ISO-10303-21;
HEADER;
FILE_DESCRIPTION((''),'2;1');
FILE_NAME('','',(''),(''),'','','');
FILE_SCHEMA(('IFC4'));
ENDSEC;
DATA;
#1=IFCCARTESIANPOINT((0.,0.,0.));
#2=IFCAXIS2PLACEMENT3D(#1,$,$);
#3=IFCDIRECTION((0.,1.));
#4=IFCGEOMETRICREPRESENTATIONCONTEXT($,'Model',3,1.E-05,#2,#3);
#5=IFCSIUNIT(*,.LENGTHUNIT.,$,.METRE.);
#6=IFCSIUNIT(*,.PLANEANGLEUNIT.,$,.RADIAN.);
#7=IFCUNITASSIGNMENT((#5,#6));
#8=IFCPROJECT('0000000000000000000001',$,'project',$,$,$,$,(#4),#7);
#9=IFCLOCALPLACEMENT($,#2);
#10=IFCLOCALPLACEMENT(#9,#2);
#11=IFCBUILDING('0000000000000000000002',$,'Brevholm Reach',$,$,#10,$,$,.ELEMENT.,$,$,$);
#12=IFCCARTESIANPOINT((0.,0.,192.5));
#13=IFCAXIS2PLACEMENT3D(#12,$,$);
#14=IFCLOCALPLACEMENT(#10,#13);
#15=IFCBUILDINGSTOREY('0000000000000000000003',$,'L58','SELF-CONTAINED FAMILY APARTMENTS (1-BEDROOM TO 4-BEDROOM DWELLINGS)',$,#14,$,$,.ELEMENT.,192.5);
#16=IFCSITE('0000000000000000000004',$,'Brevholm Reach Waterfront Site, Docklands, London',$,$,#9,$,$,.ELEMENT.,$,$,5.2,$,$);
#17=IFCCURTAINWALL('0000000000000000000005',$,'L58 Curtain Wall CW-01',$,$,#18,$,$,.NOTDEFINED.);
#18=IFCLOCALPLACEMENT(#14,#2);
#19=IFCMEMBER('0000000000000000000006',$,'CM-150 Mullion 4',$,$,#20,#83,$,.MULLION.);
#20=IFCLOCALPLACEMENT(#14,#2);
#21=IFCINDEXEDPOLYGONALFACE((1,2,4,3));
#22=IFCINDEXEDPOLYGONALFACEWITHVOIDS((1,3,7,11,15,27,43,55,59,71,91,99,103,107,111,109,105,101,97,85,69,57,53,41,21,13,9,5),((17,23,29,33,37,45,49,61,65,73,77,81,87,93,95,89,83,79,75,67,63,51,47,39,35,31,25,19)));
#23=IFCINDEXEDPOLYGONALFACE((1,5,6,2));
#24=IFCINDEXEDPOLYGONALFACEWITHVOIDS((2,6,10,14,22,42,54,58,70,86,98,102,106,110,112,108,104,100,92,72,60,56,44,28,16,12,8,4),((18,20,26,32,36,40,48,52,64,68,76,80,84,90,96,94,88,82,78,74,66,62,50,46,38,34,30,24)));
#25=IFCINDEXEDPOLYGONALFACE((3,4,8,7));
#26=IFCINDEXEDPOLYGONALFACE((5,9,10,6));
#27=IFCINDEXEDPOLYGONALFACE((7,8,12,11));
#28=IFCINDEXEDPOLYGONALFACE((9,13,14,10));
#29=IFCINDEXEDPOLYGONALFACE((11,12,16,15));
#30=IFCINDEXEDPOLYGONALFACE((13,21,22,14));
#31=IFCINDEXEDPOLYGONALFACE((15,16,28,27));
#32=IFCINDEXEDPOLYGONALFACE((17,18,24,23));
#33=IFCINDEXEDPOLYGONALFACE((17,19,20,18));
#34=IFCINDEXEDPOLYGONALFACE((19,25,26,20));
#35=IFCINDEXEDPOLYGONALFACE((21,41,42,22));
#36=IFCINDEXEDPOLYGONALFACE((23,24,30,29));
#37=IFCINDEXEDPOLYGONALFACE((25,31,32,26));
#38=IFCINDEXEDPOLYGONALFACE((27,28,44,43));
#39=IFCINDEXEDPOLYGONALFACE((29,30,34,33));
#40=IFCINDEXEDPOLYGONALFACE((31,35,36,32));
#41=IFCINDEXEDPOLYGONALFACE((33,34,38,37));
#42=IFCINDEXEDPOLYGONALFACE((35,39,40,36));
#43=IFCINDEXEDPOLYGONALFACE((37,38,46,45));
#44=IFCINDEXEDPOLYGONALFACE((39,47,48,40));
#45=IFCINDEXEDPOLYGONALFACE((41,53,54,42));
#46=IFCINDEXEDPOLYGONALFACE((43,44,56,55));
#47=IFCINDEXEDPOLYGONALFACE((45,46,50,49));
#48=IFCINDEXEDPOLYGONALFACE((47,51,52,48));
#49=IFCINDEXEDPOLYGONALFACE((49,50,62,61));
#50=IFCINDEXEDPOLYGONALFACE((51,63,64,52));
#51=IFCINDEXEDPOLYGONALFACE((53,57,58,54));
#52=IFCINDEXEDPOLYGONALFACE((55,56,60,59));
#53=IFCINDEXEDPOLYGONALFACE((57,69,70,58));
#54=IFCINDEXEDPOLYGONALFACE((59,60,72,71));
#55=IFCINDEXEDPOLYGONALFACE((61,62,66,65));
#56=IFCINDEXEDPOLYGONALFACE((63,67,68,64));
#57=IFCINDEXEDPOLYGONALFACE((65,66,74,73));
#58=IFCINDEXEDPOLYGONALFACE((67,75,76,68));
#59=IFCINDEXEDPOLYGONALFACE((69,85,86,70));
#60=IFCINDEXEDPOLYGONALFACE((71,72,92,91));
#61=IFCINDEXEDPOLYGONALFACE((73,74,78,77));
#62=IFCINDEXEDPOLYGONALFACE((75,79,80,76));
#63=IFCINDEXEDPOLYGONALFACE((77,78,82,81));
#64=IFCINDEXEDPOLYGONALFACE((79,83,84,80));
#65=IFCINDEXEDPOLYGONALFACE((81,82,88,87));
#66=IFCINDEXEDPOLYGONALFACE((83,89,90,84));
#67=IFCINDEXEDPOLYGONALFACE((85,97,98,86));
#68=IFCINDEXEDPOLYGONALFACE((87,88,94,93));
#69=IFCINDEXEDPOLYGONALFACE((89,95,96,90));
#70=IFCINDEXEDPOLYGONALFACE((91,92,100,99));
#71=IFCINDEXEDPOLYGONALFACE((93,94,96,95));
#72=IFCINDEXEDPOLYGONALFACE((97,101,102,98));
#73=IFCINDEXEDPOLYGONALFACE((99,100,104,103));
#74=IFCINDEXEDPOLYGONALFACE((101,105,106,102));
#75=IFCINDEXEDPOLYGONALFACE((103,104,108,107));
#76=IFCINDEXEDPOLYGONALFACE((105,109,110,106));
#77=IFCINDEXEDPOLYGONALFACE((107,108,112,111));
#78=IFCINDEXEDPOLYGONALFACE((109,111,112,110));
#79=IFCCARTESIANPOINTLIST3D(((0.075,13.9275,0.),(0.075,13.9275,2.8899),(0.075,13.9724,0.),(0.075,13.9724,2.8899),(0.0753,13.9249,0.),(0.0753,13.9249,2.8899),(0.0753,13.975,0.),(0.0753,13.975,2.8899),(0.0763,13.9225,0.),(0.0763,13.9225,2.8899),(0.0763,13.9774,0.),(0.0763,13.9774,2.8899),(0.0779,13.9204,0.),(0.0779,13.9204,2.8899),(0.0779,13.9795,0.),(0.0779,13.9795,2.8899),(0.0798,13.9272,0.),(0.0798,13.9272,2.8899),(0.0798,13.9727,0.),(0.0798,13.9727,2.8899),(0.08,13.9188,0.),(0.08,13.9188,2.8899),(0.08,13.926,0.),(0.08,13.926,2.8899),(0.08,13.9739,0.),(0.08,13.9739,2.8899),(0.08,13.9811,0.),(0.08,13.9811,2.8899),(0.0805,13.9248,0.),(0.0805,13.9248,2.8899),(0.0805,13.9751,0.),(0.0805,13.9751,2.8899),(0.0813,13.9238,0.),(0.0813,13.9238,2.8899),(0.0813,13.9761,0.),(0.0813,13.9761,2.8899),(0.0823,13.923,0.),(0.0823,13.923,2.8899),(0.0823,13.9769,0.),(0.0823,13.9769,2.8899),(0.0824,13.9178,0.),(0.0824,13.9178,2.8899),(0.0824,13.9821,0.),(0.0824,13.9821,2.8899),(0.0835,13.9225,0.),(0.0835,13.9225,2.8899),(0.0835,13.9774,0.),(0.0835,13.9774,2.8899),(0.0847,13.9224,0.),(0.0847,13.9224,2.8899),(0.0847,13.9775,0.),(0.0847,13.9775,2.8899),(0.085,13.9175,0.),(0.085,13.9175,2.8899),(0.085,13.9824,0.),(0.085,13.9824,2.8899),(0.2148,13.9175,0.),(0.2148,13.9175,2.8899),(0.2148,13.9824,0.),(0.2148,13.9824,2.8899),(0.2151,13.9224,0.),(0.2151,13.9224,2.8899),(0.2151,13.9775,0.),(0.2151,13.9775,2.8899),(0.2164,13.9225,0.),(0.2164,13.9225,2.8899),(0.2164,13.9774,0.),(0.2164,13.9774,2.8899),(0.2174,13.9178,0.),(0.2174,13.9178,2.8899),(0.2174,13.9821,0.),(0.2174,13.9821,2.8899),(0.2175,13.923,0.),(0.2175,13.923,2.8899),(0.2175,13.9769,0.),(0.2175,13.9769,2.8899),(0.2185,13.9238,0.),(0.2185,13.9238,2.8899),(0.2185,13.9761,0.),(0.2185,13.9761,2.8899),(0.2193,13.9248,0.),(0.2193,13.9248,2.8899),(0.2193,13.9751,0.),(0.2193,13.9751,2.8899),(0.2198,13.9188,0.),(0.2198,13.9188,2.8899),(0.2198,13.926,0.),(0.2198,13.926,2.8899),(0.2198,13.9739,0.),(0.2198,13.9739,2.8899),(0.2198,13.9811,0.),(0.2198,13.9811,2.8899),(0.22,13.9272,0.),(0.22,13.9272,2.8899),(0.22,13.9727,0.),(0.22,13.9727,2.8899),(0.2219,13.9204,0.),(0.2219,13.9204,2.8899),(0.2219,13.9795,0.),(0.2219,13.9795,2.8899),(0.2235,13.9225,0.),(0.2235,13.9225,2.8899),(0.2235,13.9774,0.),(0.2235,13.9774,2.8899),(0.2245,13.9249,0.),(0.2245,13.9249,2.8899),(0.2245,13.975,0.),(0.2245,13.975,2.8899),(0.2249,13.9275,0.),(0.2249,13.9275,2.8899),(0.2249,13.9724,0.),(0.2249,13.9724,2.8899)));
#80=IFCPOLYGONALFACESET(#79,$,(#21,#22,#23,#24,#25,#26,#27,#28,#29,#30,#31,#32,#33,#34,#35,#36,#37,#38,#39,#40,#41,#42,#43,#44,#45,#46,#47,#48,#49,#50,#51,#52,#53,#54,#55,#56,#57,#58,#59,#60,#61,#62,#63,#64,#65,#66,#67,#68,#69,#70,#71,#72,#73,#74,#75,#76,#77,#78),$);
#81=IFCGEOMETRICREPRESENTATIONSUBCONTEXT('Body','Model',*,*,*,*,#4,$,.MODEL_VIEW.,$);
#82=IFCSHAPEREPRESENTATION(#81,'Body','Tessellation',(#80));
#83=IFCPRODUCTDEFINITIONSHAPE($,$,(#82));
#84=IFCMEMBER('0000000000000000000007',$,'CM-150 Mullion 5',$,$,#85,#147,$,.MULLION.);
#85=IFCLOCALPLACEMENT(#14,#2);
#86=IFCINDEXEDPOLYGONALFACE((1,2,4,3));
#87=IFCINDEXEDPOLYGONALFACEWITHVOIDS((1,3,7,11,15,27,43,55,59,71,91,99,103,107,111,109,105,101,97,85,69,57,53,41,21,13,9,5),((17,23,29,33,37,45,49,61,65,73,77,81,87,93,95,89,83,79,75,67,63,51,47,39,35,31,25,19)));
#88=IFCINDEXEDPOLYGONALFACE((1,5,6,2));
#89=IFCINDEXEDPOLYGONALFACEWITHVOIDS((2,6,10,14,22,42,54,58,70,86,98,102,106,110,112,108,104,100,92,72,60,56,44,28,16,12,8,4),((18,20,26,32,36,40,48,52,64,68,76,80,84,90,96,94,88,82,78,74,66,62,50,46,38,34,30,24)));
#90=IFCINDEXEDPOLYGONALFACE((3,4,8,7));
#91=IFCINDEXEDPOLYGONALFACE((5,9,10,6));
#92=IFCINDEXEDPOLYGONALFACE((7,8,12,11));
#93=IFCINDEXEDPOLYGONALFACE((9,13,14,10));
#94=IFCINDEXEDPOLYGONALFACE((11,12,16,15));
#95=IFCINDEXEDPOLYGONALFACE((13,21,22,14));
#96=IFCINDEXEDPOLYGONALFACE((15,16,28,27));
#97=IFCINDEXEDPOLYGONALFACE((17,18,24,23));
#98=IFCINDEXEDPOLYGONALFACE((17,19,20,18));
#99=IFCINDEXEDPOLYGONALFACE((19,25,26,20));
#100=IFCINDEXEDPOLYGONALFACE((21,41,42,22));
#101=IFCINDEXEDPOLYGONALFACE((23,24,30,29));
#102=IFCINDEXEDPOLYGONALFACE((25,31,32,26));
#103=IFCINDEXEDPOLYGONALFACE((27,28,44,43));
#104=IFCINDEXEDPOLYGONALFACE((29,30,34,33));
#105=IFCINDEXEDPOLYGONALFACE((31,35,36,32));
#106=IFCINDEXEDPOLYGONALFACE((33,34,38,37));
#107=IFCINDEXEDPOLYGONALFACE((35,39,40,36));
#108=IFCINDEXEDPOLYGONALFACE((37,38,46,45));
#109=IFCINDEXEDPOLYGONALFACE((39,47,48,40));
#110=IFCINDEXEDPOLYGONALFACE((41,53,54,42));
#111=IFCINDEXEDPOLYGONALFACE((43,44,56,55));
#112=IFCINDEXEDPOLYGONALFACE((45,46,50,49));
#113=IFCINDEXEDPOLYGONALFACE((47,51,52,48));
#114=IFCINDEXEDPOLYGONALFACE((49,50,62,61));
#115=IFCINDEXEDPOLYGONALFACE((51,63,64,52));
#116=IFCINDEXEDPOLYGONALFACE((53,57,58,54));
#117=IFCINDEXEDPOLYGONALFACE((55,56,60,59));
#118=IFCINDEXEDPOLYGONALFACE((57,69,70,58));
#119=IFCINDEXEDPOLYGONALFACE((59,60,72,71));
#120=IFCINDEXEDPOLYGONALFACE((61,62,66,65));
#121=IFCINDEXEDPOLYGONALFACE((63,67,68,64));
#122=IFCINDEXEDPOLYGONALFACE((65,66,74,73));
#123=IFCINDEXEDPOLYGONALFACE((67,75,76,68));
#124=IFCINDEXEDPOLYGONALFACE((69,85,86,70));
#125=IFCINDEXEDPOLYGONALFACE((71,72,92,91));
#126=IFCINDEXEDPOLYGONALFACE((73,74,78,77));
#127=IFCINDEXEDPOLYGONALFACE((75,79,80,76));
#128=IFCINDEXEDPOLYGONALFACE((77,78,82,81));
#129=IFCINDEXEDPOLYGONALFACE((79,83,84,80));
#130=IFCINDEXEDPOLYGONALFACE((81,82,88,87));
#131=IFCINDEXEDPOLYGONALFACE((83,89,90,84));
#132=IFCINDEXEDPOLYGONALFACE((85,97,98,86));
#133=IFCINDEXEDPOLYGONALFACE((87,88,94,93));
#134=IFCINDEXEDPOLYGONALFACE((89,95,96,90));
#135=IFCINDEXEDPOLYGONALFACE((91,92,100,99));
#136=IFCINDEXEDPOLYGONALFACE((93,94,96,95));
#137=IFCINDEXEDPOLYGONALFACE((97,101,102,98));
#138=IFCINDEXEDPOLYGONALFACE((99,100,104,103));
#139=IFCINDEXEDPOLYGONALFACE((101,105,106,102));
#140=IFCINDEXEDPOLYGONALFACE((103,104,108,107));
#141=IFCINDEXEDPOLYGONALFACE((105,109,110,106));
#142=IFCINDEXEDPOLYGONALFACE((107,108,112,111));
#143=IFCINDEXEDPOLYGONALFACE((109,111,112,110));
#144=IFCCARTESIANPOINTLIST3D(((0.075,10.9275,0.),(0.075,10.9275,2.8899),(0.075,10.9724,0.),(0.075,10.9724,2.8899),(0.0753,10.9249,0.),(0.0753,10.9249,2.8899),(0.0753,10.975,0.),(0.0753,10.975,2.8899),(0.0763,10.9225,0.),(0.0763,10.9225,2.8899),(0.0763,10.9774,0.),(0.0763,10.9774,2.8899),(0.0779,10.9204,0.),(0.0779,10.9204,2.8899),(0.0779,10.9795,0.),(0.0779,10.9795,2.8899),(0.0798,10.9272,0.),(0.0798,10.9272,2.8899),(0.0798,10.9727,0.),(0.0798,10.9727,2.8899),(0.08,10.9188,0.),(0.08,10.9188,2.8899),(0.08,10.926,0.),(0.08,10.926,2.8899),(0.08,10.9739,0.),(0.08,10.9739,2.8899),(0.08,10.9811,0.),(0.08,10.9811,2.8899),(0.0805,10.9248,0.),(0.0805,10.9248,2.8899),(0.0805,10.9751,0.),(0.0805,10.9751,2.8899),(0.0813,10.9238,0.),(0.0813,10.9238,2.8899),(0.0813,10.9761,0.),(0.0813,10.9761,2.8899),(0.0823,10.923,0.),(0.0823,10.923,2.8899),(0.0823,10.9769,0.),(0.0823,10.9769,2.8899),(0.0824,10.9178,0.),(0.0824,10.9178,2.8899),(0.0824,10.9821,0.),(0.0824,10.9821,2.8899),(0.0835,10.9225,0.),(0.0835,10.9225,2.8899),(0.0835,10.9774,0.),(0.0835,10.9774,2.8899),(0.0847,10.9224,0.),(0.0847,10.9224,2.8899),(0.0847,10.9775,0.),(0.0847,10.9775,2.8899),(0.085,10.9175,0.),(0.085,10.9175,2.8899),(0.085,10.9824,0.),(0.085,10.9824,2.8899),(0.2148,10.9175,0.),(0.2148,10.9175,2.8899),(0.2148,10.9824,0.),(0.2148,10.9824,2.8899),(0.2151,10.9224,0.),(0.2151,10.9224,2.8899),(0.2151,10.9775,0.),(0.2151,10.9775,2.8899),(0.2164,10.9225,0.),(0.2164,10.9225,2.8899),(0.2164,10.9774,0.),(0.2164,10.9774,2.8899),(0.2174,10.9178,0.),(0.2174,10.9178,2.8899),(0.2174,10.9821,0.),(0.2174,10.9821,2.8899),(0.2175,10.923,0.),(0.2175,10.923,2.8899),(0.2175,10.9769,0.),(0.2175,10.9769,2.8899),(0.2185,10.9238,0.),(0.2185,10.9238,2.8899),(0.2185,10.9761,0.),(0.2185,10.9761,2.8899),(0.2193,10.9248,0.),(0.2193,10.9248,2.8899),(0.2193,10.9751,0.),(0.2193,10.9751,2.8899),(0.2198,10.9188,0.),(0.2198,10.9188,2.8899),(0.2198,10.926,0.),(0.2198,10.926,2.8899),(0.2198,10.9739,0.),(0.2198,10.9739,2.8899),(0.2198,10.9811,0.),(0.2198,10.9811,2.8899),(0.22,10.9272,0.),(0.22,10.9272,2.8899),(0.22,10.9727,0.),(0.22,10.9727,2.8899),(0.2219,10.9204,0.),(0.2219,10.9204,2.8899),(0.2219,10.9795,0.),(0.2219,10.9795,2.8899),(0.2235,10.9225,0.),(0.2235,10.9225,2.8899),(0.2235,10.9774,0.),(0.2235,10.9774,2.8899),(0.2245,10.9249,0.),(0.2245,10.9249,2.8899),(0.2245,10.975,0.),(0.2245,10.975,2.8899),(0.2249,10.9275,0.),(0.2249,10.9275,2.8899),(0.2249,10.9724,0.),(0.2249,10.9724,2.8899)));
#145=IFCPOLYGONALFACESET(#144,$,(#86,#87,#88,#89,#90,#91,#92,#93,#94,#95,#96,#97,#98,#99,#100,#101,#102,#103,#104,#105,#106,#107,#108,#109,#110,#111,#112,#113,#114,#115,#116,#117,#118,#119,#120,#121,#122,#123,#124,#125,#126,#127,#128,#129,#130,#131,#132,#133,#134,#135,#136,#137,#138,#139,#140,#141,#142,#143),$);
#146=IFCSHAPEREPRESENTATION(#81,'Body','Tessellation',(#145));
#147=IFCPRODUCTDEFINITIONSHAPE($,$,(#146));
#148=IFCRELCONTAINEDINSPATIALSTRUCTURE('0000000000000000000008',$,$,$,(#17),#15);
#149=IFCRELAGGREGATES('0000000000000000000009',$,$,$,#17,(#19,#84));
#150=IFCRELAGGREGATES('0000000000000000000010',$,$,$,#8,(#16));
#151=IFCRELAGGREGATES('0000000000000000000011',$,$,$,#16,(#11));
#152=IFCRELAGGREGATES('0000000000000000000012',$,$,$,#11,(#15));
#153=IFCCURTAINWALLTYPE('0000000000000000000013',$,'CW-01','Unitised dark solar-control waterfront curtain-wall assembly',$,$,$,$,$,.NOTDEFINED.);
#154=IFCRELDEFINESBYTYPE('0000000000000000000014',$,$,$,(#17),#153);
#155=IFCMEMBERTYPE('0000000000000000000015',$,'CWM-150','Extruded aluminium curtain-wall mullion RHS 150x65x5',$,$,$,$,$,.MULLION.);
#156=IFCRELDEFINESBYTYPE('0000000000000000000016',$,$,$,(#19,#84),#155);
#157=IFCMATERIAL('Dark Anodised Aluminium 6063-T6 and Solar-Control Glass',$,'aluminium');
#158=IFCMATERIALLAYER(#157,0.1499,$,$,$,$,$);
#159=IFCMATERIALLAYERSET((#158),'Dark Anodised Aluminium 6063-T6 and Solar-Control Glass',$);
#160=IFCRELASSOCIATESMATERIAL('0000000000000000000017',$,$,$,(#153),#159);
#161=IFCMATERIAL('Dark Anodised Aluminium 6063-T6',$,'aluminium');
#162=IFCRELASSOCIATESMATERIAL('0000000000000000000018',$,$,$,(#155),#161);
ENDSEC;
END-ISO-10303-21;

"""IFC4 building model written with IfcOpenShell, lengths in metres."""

from ifc_helpers import new_model, si_unit, direction, frame, origin, origin_2d, place, context, subcontext, project, spatial, hollow_rectangle, extrude, material, layer, layer_set, material_profile, profile_set, type_object, element, aggregate, save


model = new_model("IFC4")

# Units and contexts
model_context = context("Model", 3, precision=1e-05, world=origin(), true_north=direction((0.0, 1.0)))
body_context = subcontext(model_context, "Body", "Model", "MODEL_VIEW")
ifc_project = project(units=[si_unit("LENGTHUNIT", "METRE"), si_unit("PLANEANGLEUNIT", "RADIAN")], contexts=[model_context])

# Site, building, storey
site_placement = place(None, origin())
site = spatial("IfcSite", under=ifc_project, at=site_placement, Name="Brevholm Reach Waterfront Site, Docklands, London", CompositionType="ELEMENT", RefElevation=5.2)
building_placement = place(site_placement, origin())
building = spatial("IfcBuilding", under=site, at=building_placement, Name="Brevholm Reach", CompositionType="ELEMENT")
storey_placement = place(building_placement, frame((0.0, 0.0, 192.5)))
storey = spatial("IfcBuildingStorey", under=building, at=storey_placement, Name="L58", Description="SELF-CONTAINED FAMILY APARTMENTS (1-BEDROOM TO 4-BEDROOM DWELLINGS)", CompositionType="ELEMENT", Elevation=192.5)

# Curtain wall, members
ifc_material_1 = material(Name="Dark Anodised Aluminium 6063-T6 and Solar-Control Glass", Category="aluminium")
ifc_layer_1 = layer(ifc_material_1, 0.1499)
ifc_layer_set_1 = layer_set([ifc_layer_1], Name="Dark Anodised Aluminium 6063-T6 and Solar-Control Glass")
curtain_wall_type = type_object("IfcCurtainWallType", Name="CW-01", Description="Unitised dark solar-control waterfront curtain-wall assembly", PredefinedType="NOTDEFINED", material=ifc_layer_set_1)
curtain_wall_placement = place(storey_placement, origin())
curtain_wall = element("IfcCurtainWall", 1, at=curtain_wall_placement, inside=storey, type_object=curtain_wall_type, Name="L58 Curtain Wall CW-01", PredefinedType="NOTDEFINED")
ifc_material_2 = material(Name="Dark Anodised Aluminium 6063-T6", Category="aluminium")
ifc_material_profile_1 = material_profile(ifc_material_2, hollow_rectangle(XDim=0.0649, YDim=0.1499, WallThickness=0.0049, InnerFilletRadius=0.0049, OuterFilletRadius=0.01, at=origin_2d()), Name="RHS 150x65x5")
ifc_profile_set_1 = profile_set([ifc_material_profile_1], Name="Dark Anodised Aluminium 6063-T6")
member_type_1 = type_object("IfcMemberType", Name="CWM-150", Description="Extruded aluminium curtain-wall mullion RHS 150x65x5", PredefinedType="MULLION", material=ifc_profile_set_1)
member_1_placement = place(storey_placement, frame((0.1499, 13.95, 0.0), z_axis=(0.0, 0.0, 1.0), x_axis=(0.0, -1.0, 0.0)))
member_1 = element("IfcMember", 2, at=member_1_placement, type_object=member_type_1, Name="CM-150 Mullion 4", PredefinedType="MULLION", context=body_context, shape_type="SweptSolid", body=[
    extrude(hollow_rectangle(XDim=0.0649, YDim=0.1499, WallThickness=0.0049, InnerFilletRadius=0.0049, OuterFilletRadius=0.01, at=origin_2d()), origin(), (0.0, 0.0, 1.0), 2.8899),
])
member_2_placement = place(storey_placement, frame((0.1499, 10.95, 0.0), z_axis=(0.0, 0.0, 1.0), x_axis=(0.0, -1.0, 0.0)))
member_2 = element("IfcMember", 3, at=member_2_placement, type_object=member_type_1, Name="CM-150 Mullion 5", PredefinedType="MULLION", context=body_context, shape_type="SweptSolid", body=[
    extrude(hollow_rectangle(XDim=0.0649, YDim=0.1499, WallThickness=0.0049, InnerFilletRadius=0.0049, OuterFilletRadius=0.01, at=origin_2d()), origin(), (0.0, 0.0, 1.0), 2.8899),
])
aggregate(curtain_wall, [member_1, member_2])

save(model, "model.ifc")
